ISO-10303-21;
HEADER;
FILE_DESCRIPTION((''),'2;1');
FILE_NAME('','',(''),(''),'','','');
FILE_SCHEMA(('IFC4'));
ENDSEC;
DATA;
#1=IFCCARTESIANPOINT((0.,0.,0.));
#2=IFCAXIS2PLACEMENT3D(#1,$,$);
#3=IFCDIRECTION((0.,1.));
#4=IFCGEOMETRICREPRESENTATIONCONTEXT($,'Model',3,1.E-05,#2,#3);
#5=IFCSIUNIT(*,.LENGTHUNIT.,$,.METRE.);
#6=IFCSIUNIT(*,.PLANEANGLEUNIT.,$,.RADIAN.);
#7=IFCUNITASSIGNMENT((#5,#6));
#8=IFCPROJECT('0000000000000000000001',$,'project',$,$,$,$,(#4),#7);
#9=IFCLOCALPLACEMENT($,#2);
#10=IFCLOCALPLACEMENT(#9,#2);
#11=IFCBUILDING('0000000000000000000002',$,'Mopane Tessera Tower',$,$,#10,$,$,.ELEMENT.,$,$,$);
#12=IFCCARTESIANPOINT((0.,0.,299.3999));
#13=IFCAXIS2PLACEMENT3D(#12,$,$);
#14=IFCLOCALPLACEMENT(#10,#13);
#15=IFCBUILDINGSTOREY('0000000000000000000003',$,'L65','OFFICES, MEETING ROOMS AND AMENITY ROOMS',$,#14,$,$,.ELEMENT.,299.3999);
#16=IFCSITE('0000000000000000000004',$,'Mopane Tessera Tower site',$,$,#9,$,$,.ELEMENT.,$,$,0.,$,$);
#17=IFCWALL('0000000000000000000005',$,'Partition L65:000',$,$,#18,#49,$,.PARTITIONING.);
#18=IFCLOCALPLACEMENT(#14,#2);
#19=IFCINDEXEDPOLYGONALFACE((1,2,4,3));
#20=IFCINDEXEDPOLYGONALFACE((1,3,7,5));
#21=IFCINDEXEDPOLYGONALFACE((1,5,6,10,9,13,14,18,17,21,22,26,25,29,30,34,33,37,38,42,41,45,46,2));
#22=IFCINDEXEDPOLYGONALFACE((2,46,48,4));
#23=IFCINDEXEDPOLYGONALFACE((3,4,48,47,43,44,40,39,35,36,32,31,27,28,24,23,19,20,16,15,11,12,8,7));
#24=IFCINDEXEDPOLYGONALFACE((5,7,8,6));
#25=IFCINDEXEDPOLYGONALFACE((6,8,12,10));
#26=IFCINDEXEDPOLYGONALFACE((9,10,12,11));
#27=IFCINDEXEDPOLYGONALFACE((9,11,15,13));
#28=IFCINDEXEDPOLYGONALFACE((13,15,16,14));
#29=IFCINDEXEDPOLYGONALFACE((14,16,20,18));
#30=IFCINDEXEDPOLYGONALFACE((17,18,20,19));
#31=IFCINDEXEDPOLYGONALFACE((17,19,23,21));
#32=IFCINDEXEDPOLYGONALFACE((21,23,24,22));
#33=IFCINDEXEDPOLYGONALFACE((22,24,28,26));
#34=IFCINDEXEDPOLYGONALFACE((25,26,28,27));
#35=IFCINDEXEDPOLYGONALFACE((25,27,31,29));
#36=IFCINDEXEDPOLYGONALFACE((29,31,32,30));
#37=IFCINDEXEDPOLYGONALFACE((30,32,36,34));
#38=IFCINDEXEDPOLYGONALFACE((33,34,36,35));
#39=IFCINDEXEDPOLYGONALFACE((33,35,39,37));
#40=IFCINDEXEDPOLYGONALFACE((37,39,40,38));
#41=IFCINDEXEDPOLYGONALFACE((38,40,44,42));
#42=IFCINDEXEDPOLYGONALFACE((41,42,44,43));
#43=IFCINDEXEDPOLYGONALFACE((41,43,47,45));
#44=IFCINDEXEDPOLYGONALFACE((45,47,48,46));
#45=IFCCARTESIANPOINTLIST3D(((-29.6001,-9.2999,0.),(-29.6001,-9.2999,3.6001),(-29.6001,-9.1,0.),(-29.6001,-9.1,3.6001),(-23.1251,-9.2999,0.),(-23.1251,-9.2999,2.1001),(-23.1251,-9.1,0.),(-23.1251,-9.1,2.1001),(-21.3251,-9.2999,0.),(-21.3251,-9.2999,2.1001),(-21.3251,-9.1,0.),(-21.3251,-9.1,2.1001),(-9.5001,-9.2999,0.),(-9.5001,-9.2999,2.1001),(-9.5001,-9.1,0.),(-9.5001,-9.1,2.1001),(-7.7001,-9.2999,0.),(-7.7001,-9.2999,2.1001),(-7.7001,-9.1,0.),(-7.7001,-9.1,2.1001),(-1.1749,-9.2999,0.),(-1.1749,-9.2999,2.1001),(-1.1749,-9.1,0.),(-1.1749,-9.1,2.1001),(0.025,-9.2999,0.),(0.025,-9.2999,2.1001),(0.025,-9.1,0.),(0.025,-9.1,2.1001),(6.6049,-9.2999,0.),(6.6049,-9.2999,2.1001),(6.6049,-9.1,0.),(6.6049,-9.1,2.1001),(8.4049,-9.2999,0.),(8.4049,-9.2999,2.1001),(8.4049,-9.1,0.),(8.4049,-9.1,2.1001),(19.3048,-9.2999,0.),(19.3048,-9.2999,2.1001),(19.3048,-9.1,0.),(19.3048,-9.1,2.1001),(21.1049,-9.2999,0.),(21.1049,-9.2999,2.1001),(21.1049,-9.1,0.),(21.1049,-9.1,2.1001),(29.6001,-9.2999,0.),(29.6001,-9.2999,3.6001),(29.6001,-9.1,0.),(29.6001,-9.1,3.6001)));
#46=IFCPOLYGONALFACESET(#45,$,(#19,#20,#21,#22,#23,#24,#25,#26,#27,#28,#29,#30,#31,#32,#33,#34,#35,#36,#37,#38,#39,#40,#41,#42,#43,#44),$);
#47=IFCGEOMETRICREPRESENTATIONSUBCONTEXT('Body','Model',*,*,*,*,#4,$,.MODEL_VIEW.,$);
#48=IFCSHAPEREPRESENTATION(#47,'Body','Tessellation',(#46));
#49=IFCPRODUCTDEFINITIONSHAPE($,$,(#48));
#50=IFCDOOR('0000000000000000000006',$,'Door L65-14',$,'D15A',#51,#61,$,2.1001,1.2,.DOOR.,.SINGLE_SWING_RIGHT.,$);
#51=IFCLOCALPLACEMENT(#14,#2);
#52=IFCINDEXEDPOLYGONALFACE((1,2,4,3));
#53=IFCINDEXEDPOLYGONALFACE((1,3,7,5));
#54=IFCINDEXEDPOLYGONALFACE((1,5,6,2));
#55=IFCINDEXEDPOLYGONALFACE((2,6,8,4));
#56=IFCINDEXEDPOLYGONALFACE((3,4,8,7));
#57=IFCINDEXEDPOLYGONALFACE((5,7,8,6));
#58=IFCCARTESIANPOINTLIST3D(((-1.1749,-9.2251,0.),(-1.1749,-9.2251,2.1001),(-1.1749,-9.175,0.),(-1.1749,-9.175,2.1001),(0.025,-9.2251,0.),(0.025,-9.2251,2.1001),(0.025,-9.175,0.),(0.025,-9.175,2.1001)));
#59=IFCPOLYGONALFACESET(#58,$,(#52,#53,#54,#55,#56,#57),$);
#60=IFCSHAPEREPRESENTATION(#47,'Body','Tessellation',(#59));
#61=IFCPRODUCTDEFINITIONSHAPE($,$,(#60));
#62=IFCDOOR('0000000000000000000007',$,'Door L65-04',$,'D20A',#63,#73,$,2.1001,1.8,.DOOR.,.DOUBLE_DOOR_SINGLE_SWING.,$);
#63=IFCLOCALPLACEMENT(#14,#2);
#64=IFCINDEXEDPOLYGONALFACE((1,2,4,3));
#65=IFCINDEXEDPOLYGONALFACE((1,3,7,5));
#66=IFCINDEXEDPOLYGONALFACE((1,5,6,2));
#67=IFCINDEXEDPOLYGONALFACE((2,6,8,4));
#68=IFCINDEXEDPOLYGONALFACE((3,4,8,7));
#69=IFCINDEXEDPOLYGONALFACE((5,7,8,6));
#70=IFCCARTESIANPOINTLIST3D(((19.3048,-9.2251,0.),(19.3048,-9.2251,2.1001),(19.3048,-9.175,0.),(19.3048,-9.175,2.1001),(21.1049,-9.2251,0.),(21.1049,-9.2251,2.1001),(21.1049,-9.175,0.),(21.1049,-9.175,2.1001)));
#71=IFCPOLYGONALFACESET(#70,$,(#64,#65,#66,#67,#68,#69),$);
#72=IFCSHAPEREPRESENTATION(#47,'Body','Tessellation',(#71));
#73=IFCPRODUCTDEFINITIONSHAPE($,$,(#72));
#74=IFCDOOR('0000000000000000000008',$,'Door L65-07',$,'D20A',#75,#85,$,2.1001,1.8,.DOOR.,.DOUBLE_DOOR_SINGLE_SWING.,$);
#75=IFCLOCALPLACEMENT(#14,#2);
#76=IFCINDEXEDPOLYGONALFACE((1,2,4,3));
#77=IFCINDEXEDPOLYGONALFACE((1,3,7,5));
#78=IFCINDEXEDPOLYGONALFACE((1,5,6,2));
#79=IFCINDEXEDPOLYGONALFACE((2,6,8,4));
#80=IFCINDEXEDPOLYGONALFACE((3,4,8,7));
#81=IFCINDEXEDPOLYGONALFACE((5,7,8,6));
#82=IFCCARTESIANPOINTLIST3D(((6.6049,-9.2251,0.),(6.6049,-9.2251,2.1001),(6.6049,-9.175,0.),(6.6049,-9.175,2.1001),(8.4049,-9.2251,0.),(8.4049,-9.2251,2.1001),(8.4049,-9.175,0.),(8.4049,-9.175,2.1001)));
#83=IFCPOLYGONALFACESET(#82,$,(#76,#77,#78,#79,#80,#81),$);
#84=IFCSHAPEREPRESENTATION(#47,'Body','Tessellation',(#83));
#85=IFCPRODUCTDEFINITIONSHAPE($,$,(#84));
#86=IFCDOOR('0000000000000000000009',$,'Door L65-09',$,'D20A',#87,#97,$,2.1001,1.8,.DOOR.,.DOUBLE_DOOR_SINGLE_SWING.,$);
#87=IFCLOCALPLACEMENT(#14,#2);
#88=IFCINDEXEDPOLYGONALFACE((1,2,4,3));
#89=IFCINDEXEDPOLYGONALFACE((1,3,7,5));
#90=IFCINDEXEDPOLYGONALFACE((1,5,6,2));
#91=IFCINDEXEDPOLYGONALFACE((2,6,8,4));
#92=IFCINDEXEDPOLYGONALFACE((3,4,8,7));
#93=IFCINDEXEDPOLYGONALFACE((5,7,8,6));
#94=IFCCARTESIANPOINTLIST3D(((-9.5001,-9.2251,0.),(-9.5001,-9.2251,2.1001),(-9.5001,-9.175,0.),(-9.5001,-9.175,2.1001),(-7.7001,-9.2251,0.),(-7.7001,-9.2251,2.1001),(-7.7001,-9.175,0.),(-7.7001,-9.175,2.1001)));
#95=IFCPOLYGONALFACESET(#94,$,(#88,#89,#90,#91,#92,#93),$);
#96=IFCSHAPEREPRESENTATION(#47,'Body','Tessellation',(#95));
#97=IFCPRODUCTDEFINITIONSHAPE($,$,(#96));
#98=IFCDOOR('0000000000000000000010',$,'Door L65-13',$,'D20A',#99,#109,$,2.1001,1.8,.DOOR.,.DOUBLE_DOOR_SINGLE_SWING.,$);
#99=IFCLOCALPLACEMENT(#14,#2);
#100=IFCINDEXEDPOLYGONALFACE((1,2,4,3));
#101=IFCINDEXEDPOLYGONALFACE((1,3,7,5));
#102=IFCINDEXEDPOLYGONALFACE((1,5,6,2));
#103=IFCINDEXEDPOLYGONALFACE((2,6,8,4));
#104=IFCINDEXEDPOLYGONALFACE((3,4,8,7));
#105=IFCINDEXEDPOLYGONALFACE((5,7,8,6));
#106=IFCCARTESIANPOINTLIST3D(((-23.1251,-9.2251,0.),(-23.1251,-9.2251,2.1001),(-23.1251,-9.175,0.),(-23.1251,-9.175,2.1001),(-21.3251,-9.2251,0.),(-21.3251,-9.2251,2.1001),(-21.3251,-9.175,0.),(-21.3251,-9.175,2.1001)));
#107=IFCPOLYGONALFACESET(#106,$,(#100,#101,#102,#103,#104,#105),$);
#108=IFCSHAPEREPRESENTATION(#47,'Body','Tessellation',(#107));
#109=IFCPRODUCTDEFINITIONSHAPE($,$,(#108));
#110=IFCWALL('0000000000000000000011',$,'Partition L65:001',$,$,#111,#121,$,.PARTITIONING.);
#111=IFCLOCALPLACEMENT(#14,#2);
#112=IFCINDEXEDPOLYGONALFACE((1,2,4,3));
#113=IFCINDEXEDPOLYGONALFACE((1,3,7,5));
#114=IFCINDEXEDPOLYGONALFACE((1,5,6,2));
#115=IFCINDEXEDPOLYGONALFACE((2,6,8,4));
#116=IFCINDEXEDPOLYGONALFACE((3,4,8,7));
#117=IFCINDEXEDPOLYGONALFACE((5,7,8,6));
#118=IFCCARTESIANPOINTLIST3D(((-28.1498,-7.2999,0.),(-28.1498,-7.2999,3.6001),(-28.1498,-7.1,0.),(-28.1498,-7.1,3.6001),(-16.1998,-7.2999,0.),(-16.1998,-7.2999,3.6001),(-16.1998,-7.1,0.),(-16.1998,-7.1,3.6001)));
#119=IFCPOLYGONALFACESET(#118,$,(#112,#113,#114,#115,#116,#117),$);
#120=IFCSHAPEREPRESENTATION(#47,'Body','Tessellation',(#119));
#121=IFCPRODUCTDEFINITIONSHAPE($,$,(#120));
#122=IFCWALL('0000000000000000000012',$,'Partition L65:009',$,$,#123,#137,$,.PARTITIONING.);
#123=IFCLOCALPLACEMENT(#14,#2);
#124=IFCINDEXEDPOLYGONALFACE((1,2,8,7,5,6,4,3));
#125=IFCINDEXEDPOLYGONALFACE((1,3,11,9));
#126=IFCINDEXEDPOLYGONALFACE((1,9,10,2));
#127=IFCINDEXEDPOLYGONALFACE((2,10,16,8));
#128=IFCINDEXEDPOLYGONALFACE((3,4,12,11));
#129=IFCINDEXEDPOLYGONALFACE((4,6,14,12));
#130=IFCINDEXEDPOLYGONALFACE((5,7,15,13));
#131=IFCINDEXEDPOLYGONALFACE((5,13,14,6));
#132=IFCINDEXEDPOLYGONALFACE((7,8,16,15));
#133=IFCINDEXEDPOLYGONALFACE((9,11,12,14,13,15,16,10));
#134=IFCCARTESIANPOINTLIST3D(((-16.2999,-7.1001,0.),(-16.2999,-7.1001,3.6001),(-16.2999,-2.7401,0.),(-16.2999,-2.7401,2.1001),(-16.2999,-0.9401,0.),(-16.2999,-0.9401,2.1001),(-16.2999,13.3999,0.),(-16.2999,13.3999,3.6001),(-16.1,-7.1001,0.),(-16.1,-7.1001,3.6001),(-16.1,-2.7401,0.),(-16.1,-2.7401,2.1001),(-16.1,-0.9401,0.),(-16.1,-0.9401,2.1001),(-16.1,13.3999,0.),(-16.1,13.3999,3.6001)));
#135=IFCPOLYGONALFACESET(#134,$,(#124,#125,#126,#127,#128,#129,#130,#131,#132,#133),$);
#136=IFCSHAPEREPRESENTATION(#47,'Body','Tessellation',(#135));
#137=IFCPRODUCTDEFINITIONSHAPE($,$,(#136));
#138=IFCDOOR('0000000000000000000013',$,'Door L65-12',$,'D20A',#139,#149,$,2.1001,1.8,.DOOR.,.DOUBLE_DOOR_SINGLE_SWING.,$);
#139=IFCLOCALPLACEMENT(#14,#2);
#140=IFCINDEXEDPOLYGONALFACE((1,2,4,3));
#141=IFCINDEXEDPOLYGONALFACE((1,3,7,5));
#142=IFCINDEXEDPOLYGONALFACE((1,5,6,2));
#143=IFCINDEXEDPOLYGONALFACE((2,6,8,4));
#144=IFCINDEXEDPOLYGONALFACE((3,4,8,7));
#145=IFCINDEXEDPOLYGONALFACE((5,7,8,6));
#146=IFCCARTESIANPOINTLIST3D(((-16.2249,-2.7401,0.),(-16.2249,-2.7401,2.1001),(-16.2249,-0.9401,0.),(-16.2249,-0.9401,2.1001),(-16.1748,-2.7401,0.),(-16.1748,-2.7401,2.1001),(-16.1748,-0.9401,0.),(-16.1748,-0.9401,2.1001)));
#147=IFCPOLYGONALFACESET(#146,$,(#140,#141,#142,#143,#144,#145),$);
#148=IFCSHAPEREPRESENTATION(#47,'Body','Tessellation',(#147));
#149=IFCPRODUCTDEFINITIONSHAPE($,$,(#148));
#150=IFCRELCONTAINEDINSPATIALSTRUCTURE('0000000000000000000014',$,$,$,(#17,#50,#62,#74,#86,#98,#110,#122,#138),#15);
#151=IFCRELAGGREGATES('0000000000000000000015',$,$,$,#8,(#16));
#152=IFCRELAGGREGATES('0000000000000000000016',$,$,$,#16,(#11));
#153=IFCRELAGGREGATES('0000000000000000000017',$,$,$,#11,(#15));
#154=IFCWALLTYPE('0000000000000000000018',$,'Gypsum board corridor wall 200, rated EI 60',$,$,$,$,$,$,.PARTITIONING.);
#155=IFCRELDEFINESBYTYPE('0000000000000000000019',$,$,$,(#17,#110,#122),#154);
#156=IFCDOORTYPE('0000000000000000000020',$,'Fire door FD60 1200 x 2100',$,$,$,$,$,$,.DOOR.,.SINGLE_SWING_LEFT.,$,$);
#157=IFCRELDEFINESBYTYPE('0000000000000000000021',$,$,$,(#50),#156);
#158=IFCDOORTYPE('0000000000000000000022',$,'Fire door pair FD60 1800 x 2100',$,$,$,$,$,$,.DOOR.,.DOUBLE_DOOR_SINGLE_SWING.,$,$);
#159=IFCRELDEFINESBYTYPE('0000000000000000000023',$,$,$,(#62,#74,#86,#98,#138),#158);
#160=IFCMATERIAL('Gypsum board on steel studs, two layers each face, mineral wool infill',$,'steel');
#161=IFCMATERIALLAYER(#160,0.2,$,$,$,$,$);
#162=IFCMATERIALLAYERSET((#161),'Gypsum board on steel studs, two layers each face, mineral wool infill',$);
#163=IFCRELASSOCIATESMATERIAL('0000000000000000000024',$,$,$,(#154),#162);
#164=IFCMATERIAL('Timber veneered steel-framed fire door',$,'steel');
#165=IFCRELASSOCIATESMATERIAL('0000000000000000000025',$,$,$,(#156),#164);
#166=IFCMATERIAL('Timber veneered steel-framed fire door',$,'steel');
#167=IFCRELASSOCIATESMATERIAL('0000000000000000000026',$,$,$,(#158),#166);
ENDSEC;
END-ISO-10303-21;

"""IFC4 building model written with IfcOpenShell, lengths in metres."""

from ifc_helpers import new_model, si_unit, direction, frame, frame_2d, origin, place, context, subcontext, project, spatial, rectangle, extrude, material, layer, layer_set, type_object, element, fill, save


model = new_model("IFC4")

# Units and contexts
model_context = context("Model", 3, precision=1e-05, world=origin(), true_north=direction((0.0, 1.0)))
body_context = subcontext(model_context, "Body", "Model", "MODEL_VIEW")
ifc_project = project(units=[si_unit("LENGTHUNIT", "METRE"), si_unit("PLANEANGLEUNIT", "RADIAN")], contexts=[model_context])

# Site, building, storey
site_placement = place(None, origin())
site = spatial("IfcSite", under=ifc_project, at=site_placement, Name="Mopane Tessera Tower site", CompositionType="ELEMENT", RefElevation=0.0)
building_placement = place(site_placement, origin())
building = spatial("IfcBuilding", under=site, at=building_placement, Name="Mopane Tessera Tower", CompositionType="ELEMENT")
storey_placement = place(building_placement, frame((0.0, 0.0, 299.3999)))
storey = spatial("IfcBuildingStorey", under=building, at=storey_placement, Name="L65", Description="OFFICES, MEETING ROOMS AND AMENITY ROOMS", CompositionType="ELEMENT", Elevation=299.3999)

# Wall, openings, doors
ifc_material_1 = material(Name="Gypsum board on steel studs, two layers each face, mineral wool infill", Category="steel")
ifc_layer_1 = layer(ifc_material_1, 0.2)
ifc_layer_set_1 = layer_set([ifc_layer_1], Name="Gypsum board on steel studs, two layers each face, mineral wool infill")
wall_type = type_object("IfcWallType", Name="Gypsum board corridor wall 200, rated EI 60", PredefinedType="PARTITIONING", material=ifc_layer_set_1)
wall_1_placement = place(storey_placement, frame((-29.6001, -9.2, 0.0), z_axis=(0.0, 0.0, 1.0), x_axis=(1.0, 0.0, 0.0)))
wall_1 = element("IfcWall", 1, at=wall_1_placement, inside=storey, type_object=wall_type, Name="Partition L65:000", PredefinedType="PARTITIONING", context=body_context, shape_type="SweptSolid", body=[
    extrude(rectangle(XDim=59.2002, YDim=0.2, at=frame_2d((29.6001, 0.0))), origin(), (0.0, 0.0, 1.0), 3.6001),
])
opening_1_placement = place(wall_1_placement, frame((48.905, 0.0, 0.0)))
opening_1 = element("IfcOpeningElement", 2, at=opening_1_placement, cuts=wall_1, PredefinedType="OPENING", context=body_context, shape_type="SweptSolid", body=[
    extrude(rectangle(XDim=1.8, YDim=2.1001, at=frame_2d((0.8999, 1.05))), frame((0.0, 0.1121, 0.0), z_axis=(0.0, -1.0, 0.0), x_axis=(1.0, 0.0, 0.0)), (0.0, 0.0, 1.0), 0.2239),
])
opening_2_placement = place(wall_1_placement, frame((36.2051, 0.0, 0.0)))
opening_2 = element("IfcOpeningElement", 3, at=opening_2_placement, cuts=wall_1, PredefinedType="OPENING", context=body_context, shape_type="SweptSolid", body=[
    extrude(rectangle(XDim=1.8, YDim=2.1001, at=frame_2d((0.8999, 1.05))), frame((0.0, 0.1121, 0.0), z_axis=(0.0, -1.0, 0.0), x_axis=(1.0, 0.0, 0.0)), (0.0, 0.0, 1.0), 0.2239),
])
opening_3_placement = place(wall_1_placement, frame((20.1001, 0.0, 0.0)))
opening_3 = element("IfcOpeningElement", 4, at=opening_3_placement, cuts=wall_1, PredefinedType="OPENING", context=body_context, shape_type="SweptSolid", body=[
    extrude(rectangle(XDim=1.8, YDim=2.1001, at=frame_2d((0.8999, 1.05))), frame((0.0, 0.1121, 0.0), z_axis=(0.0, -1.0, 0.0), x_axis=(1.0, 0.0, 0.0)), (0.0, 0.0, 1.0), 0.2239),
])
opening_4_placement = place(wall_1_placement, frame((6.4751, 0.0, 0.0)))
opening_4 = element("IfcOpeningElement", 5, at=opening_4_placement, cuts=wall_1, PredefinedType="OPENING", context=body_context, shape_type="SweptSolid", body=[
    extrude(rectangle(XDim=1.8, YDim=2.1001, at=frame_2d((0.8999, 1.05))), frame((0.0, 0.1121, 0.0), z_axis=(0.0, -1.0, 0.0), x_axis=(1.0, 0.0, 0.0)), (0.0, 0.0, 1.0), 0.2239),
])
opening_5_placement = place(wall_1_placement, frame((28.425, 0.0, 0.0)))
opening_5 = element("IfcOpeningElement", 6, at=opening_5_placement, cuts=wall_1, PredefinedType="OPENING", context=body_context, shape_type="SweptSolid", body=[
    extrude(rectangle(XDim=1.2, YDim=2.1001, at=frame_2d((0.6001, 1.05))), frame((0.0, 0.1121, 0.0), z_axis=(0.0, -1.0, 0.0), x_axis=(1.0, 0.0, 0.0)), (0.0, 0.0, 1.0), 0.2239),
])
ifc_material_2 = material(Name="Timber veneered steel-framed fire door", Category="steel")
door_type_1 = type_object("IfcDoorType", Name="Fire door FD60 1200 x 2100", OperationType="SINGLE_SWING_LEFT", PredefinedType="DOOR", material=ifc_material_2)
door_1_placement = place(opening_5_placement, origin())
door_1 = element("IfcDoor", 7, at=door_1_placement, inside=storey, type_object=door_type_1, Name="Door L65-14", ObjectType="D15A", OperationType="SINGLE_SWING_RIGHT", OverallHeight=2.1001, OverallWidth=1.2, PredefinedType="DOOR", context=body_context, shape_type="SweptSolid", body=[
    extrude(rectangle(XDim=1.2, YDim=2.1001, at=frame_2d((0.6001, 1.05))), frame((0.0, 0.0249, 0.0), z_axis=(0.0, -1.0, 0.0), x_axis=(1.0, 0.0, 0.0)), (0.0, 0.0, 1.0), 0.05),
])
fill(opening_5, door_1)
ifc_material_3 = material(Name="Timber veneered steel-framed fire door", Category="steel")
door_type_2 = type_object("IfcDoorType", Name="Fire door pair FD60 1800 x 2100", OperationType="DOUBLE_DOOR_SINGLE_SWING", PredefinedType="DOOR", material=ifc_material_3)
door_2_placement = place(opening_1_placement, origin())
door_2 = element("IfcDoor", 8, at=door_2_placement, inside=storey, type_object=door_type_2, Name="Door L65-04", ObjectType="D20A", OperationType="DOUBLE_DOOR_SINGLE_SWING", OverallHeight=2.1001, OverallWidth=1.8, PredefinedType="DOOR", context=body_context, shape_type="SweptSolid", body=[
    extrude(rectangle(XDim=1.8, YDim=2.1001, at=frame_2d((0.8999, 1.05))), frame((0.0, 0.0249, 0.0), z_axis=(0.0, -1.0, 0.0), x_axis=(1.0, 0.0, 0.0)), (0.0, 0.0, 1.0), 0.05),
])
fill(opening_1, door_2)
door_3_placement = place(opening_2_placement, origin())
door_3 = element("IfcDoor", 9, at=door_3_placement, inside=storey, type_object=door_type_2, Name="Door L65-07", ObjectType="D20A", OperationType="DOUBLE_DOOR_SINGLE_SWING", OverallHeight=2.1001, OverallWidth=1.8, PredefinedType="DOOR", context=body_context, shape_type="SweptSolid", body=[
    extrude(rectangle(XDim=1.8, YDim=2.1001, at=frame_2d((0.8999, 1.05))), frame((0.0, 0.0249, 0.0), z_axis=(0.0, -1.0, 0.0), x_axis=(1.0, 0.0, 0.0)), (0.0, 0.0, 1.0), 0.05),
])
fill(opening_2, door_3)
door_4_placement = place(opening_3_placement, origin())
door_4 = element("IfcDoor", 10, at=door_4_placement, inside=storey, type_object=door_type_2, Name="Door L65-09", ObjectType="D20A", OperationType="DOUBLE_DOOR_SINGLE_SWING", OverallHeight=2.1001, OverallWidth=1.8, PredefinedType="DOOR", context=body_context, shape_type="SweptSolid", body=[
    extrude(rectangle(XDim=1.8, YDim=2.1001, at=frame_2d((0.8999, 1.05))), frame((0.0, 0.0249, 0.0), z_axis=(0.0, -1.0, 0.0), x_axis=(1.0, 0.0, 0.0)), (0.0, 0.0, 1.0), 0.05),
])
fill(opening_3, door_4)
door_5_placement = place(opening_4_placement, origin())
door_5 = element("IfcDoor", 11, at=door_5_placement, inside=storey, type_object=door_type_2, Name="Door L65-13", ObjectType="D20A", OperationType="DOUBLE_DOOR_SINGLE_SWING", OverallHeight=2.1001, OverallWidth=1.8, PredefinedType="DOOR", context=body_context, shape_type="SweptSolid", body=[
    extrude(rectangle(XDim=1.8, YDim=2.1001, at=frame_2d((0.8999, 1.05))), frame((0.0, 0.0249, 0.0), z_axis=(0.0, -1.0, 0.0), x_axis=(1.0, 0.0, 0.0)), (0.0, 0.0, 1.0), 0.05),
])
fill(opening_4, door_5)

# Wall
wall_2_placement = place(storey_placement, frame((-28.1499, -7.2, 0.0), z_axis=(0.0, 0.0, 1.0), x_axis=(1.0, 0.0, 0.0)))
element("IfcWall", 12, at=wall_2_placement, inside=storey, type_object=wall_type, Name="Partition L65:001", PredefinedType="PARTITIONING", context=body_context, shape_type="SweptSolid", body=[
    extrude(rectangle(XDim=11.95, YDim=0.2, at=frame_2d((5.9751, 0.0))), origin(), (0.0, 0.0, 1.0), 3.6001),
])

# Wall, opening, door
wall_3_placement = place(storey_placement, frame((-16.2, -7.1001, 0.0), z_axis=(0.0, 0.0, 1.0), x_axis=(0.0, 1.0, 0.0)))
wall_3 = element("IfcWall", 13, at=wall_3_placement, inside=storey, type_object=wall_type, Name="Partition L65:009", PredefinedType="PARTITIONING", context=body_context, shape_type="SweptSolid", body=[
    extrude(rectangle(XDim=20.5, YDim=0.2, at=frame_2d((10.25, 0.0))), origin(), (0.0, 0.0, 1.0), 3.6001),
])
opening_6_placement = place(wall_3_placement, frame((4.3601, 0.0, 0.0)))
opening_6 = element("IfcOpeningElement", 14, at=opening_6_placement, cuts=wall_3, PredefinedType="OPENING", context=body_context, shape_type="SweptSolid", body=[
    extrude(rectangle(XDim=1.8, YDim=2.1001, at=frame_2d((0.8999, 1.05))), frame((0.0, 0.1121, 0.0), z_axis=(0.0, -1.0, 0.0), x_axis=(1.0, 0.0, 0.0)), (0.0, 0.0, 1.0), 0.2239),
])
door_6_placement = place(opening_6_placement, origin())
door_6 = element("IfcDoor", 15, at=door_6_placement, inside=storey, type_object=door_type_2, Name="Door L65-12", ObjectType="D20A", OperationType="DOUBLE_DOOR_SINGLE_SWING", OverallHeight=2.1001, OverallWidth=1.8, PredefinedType="DOOR", context=body_context, shape_type="SweptSolid", body=[
    extrude(rectangle(XDim=1.8, YDim=2.1001, at=frame_2d((0.8999, 1.05))), frame((0.0, 0.0249, 0.0), z_axis=(0.0, -1.0, 0.0), x_axis=(1.0, 0.0, 0.0)), (0.0, 0.0, 1.0), 0.05),
])
fill(opening_6, door_6)

save(model, "model.ifc")
